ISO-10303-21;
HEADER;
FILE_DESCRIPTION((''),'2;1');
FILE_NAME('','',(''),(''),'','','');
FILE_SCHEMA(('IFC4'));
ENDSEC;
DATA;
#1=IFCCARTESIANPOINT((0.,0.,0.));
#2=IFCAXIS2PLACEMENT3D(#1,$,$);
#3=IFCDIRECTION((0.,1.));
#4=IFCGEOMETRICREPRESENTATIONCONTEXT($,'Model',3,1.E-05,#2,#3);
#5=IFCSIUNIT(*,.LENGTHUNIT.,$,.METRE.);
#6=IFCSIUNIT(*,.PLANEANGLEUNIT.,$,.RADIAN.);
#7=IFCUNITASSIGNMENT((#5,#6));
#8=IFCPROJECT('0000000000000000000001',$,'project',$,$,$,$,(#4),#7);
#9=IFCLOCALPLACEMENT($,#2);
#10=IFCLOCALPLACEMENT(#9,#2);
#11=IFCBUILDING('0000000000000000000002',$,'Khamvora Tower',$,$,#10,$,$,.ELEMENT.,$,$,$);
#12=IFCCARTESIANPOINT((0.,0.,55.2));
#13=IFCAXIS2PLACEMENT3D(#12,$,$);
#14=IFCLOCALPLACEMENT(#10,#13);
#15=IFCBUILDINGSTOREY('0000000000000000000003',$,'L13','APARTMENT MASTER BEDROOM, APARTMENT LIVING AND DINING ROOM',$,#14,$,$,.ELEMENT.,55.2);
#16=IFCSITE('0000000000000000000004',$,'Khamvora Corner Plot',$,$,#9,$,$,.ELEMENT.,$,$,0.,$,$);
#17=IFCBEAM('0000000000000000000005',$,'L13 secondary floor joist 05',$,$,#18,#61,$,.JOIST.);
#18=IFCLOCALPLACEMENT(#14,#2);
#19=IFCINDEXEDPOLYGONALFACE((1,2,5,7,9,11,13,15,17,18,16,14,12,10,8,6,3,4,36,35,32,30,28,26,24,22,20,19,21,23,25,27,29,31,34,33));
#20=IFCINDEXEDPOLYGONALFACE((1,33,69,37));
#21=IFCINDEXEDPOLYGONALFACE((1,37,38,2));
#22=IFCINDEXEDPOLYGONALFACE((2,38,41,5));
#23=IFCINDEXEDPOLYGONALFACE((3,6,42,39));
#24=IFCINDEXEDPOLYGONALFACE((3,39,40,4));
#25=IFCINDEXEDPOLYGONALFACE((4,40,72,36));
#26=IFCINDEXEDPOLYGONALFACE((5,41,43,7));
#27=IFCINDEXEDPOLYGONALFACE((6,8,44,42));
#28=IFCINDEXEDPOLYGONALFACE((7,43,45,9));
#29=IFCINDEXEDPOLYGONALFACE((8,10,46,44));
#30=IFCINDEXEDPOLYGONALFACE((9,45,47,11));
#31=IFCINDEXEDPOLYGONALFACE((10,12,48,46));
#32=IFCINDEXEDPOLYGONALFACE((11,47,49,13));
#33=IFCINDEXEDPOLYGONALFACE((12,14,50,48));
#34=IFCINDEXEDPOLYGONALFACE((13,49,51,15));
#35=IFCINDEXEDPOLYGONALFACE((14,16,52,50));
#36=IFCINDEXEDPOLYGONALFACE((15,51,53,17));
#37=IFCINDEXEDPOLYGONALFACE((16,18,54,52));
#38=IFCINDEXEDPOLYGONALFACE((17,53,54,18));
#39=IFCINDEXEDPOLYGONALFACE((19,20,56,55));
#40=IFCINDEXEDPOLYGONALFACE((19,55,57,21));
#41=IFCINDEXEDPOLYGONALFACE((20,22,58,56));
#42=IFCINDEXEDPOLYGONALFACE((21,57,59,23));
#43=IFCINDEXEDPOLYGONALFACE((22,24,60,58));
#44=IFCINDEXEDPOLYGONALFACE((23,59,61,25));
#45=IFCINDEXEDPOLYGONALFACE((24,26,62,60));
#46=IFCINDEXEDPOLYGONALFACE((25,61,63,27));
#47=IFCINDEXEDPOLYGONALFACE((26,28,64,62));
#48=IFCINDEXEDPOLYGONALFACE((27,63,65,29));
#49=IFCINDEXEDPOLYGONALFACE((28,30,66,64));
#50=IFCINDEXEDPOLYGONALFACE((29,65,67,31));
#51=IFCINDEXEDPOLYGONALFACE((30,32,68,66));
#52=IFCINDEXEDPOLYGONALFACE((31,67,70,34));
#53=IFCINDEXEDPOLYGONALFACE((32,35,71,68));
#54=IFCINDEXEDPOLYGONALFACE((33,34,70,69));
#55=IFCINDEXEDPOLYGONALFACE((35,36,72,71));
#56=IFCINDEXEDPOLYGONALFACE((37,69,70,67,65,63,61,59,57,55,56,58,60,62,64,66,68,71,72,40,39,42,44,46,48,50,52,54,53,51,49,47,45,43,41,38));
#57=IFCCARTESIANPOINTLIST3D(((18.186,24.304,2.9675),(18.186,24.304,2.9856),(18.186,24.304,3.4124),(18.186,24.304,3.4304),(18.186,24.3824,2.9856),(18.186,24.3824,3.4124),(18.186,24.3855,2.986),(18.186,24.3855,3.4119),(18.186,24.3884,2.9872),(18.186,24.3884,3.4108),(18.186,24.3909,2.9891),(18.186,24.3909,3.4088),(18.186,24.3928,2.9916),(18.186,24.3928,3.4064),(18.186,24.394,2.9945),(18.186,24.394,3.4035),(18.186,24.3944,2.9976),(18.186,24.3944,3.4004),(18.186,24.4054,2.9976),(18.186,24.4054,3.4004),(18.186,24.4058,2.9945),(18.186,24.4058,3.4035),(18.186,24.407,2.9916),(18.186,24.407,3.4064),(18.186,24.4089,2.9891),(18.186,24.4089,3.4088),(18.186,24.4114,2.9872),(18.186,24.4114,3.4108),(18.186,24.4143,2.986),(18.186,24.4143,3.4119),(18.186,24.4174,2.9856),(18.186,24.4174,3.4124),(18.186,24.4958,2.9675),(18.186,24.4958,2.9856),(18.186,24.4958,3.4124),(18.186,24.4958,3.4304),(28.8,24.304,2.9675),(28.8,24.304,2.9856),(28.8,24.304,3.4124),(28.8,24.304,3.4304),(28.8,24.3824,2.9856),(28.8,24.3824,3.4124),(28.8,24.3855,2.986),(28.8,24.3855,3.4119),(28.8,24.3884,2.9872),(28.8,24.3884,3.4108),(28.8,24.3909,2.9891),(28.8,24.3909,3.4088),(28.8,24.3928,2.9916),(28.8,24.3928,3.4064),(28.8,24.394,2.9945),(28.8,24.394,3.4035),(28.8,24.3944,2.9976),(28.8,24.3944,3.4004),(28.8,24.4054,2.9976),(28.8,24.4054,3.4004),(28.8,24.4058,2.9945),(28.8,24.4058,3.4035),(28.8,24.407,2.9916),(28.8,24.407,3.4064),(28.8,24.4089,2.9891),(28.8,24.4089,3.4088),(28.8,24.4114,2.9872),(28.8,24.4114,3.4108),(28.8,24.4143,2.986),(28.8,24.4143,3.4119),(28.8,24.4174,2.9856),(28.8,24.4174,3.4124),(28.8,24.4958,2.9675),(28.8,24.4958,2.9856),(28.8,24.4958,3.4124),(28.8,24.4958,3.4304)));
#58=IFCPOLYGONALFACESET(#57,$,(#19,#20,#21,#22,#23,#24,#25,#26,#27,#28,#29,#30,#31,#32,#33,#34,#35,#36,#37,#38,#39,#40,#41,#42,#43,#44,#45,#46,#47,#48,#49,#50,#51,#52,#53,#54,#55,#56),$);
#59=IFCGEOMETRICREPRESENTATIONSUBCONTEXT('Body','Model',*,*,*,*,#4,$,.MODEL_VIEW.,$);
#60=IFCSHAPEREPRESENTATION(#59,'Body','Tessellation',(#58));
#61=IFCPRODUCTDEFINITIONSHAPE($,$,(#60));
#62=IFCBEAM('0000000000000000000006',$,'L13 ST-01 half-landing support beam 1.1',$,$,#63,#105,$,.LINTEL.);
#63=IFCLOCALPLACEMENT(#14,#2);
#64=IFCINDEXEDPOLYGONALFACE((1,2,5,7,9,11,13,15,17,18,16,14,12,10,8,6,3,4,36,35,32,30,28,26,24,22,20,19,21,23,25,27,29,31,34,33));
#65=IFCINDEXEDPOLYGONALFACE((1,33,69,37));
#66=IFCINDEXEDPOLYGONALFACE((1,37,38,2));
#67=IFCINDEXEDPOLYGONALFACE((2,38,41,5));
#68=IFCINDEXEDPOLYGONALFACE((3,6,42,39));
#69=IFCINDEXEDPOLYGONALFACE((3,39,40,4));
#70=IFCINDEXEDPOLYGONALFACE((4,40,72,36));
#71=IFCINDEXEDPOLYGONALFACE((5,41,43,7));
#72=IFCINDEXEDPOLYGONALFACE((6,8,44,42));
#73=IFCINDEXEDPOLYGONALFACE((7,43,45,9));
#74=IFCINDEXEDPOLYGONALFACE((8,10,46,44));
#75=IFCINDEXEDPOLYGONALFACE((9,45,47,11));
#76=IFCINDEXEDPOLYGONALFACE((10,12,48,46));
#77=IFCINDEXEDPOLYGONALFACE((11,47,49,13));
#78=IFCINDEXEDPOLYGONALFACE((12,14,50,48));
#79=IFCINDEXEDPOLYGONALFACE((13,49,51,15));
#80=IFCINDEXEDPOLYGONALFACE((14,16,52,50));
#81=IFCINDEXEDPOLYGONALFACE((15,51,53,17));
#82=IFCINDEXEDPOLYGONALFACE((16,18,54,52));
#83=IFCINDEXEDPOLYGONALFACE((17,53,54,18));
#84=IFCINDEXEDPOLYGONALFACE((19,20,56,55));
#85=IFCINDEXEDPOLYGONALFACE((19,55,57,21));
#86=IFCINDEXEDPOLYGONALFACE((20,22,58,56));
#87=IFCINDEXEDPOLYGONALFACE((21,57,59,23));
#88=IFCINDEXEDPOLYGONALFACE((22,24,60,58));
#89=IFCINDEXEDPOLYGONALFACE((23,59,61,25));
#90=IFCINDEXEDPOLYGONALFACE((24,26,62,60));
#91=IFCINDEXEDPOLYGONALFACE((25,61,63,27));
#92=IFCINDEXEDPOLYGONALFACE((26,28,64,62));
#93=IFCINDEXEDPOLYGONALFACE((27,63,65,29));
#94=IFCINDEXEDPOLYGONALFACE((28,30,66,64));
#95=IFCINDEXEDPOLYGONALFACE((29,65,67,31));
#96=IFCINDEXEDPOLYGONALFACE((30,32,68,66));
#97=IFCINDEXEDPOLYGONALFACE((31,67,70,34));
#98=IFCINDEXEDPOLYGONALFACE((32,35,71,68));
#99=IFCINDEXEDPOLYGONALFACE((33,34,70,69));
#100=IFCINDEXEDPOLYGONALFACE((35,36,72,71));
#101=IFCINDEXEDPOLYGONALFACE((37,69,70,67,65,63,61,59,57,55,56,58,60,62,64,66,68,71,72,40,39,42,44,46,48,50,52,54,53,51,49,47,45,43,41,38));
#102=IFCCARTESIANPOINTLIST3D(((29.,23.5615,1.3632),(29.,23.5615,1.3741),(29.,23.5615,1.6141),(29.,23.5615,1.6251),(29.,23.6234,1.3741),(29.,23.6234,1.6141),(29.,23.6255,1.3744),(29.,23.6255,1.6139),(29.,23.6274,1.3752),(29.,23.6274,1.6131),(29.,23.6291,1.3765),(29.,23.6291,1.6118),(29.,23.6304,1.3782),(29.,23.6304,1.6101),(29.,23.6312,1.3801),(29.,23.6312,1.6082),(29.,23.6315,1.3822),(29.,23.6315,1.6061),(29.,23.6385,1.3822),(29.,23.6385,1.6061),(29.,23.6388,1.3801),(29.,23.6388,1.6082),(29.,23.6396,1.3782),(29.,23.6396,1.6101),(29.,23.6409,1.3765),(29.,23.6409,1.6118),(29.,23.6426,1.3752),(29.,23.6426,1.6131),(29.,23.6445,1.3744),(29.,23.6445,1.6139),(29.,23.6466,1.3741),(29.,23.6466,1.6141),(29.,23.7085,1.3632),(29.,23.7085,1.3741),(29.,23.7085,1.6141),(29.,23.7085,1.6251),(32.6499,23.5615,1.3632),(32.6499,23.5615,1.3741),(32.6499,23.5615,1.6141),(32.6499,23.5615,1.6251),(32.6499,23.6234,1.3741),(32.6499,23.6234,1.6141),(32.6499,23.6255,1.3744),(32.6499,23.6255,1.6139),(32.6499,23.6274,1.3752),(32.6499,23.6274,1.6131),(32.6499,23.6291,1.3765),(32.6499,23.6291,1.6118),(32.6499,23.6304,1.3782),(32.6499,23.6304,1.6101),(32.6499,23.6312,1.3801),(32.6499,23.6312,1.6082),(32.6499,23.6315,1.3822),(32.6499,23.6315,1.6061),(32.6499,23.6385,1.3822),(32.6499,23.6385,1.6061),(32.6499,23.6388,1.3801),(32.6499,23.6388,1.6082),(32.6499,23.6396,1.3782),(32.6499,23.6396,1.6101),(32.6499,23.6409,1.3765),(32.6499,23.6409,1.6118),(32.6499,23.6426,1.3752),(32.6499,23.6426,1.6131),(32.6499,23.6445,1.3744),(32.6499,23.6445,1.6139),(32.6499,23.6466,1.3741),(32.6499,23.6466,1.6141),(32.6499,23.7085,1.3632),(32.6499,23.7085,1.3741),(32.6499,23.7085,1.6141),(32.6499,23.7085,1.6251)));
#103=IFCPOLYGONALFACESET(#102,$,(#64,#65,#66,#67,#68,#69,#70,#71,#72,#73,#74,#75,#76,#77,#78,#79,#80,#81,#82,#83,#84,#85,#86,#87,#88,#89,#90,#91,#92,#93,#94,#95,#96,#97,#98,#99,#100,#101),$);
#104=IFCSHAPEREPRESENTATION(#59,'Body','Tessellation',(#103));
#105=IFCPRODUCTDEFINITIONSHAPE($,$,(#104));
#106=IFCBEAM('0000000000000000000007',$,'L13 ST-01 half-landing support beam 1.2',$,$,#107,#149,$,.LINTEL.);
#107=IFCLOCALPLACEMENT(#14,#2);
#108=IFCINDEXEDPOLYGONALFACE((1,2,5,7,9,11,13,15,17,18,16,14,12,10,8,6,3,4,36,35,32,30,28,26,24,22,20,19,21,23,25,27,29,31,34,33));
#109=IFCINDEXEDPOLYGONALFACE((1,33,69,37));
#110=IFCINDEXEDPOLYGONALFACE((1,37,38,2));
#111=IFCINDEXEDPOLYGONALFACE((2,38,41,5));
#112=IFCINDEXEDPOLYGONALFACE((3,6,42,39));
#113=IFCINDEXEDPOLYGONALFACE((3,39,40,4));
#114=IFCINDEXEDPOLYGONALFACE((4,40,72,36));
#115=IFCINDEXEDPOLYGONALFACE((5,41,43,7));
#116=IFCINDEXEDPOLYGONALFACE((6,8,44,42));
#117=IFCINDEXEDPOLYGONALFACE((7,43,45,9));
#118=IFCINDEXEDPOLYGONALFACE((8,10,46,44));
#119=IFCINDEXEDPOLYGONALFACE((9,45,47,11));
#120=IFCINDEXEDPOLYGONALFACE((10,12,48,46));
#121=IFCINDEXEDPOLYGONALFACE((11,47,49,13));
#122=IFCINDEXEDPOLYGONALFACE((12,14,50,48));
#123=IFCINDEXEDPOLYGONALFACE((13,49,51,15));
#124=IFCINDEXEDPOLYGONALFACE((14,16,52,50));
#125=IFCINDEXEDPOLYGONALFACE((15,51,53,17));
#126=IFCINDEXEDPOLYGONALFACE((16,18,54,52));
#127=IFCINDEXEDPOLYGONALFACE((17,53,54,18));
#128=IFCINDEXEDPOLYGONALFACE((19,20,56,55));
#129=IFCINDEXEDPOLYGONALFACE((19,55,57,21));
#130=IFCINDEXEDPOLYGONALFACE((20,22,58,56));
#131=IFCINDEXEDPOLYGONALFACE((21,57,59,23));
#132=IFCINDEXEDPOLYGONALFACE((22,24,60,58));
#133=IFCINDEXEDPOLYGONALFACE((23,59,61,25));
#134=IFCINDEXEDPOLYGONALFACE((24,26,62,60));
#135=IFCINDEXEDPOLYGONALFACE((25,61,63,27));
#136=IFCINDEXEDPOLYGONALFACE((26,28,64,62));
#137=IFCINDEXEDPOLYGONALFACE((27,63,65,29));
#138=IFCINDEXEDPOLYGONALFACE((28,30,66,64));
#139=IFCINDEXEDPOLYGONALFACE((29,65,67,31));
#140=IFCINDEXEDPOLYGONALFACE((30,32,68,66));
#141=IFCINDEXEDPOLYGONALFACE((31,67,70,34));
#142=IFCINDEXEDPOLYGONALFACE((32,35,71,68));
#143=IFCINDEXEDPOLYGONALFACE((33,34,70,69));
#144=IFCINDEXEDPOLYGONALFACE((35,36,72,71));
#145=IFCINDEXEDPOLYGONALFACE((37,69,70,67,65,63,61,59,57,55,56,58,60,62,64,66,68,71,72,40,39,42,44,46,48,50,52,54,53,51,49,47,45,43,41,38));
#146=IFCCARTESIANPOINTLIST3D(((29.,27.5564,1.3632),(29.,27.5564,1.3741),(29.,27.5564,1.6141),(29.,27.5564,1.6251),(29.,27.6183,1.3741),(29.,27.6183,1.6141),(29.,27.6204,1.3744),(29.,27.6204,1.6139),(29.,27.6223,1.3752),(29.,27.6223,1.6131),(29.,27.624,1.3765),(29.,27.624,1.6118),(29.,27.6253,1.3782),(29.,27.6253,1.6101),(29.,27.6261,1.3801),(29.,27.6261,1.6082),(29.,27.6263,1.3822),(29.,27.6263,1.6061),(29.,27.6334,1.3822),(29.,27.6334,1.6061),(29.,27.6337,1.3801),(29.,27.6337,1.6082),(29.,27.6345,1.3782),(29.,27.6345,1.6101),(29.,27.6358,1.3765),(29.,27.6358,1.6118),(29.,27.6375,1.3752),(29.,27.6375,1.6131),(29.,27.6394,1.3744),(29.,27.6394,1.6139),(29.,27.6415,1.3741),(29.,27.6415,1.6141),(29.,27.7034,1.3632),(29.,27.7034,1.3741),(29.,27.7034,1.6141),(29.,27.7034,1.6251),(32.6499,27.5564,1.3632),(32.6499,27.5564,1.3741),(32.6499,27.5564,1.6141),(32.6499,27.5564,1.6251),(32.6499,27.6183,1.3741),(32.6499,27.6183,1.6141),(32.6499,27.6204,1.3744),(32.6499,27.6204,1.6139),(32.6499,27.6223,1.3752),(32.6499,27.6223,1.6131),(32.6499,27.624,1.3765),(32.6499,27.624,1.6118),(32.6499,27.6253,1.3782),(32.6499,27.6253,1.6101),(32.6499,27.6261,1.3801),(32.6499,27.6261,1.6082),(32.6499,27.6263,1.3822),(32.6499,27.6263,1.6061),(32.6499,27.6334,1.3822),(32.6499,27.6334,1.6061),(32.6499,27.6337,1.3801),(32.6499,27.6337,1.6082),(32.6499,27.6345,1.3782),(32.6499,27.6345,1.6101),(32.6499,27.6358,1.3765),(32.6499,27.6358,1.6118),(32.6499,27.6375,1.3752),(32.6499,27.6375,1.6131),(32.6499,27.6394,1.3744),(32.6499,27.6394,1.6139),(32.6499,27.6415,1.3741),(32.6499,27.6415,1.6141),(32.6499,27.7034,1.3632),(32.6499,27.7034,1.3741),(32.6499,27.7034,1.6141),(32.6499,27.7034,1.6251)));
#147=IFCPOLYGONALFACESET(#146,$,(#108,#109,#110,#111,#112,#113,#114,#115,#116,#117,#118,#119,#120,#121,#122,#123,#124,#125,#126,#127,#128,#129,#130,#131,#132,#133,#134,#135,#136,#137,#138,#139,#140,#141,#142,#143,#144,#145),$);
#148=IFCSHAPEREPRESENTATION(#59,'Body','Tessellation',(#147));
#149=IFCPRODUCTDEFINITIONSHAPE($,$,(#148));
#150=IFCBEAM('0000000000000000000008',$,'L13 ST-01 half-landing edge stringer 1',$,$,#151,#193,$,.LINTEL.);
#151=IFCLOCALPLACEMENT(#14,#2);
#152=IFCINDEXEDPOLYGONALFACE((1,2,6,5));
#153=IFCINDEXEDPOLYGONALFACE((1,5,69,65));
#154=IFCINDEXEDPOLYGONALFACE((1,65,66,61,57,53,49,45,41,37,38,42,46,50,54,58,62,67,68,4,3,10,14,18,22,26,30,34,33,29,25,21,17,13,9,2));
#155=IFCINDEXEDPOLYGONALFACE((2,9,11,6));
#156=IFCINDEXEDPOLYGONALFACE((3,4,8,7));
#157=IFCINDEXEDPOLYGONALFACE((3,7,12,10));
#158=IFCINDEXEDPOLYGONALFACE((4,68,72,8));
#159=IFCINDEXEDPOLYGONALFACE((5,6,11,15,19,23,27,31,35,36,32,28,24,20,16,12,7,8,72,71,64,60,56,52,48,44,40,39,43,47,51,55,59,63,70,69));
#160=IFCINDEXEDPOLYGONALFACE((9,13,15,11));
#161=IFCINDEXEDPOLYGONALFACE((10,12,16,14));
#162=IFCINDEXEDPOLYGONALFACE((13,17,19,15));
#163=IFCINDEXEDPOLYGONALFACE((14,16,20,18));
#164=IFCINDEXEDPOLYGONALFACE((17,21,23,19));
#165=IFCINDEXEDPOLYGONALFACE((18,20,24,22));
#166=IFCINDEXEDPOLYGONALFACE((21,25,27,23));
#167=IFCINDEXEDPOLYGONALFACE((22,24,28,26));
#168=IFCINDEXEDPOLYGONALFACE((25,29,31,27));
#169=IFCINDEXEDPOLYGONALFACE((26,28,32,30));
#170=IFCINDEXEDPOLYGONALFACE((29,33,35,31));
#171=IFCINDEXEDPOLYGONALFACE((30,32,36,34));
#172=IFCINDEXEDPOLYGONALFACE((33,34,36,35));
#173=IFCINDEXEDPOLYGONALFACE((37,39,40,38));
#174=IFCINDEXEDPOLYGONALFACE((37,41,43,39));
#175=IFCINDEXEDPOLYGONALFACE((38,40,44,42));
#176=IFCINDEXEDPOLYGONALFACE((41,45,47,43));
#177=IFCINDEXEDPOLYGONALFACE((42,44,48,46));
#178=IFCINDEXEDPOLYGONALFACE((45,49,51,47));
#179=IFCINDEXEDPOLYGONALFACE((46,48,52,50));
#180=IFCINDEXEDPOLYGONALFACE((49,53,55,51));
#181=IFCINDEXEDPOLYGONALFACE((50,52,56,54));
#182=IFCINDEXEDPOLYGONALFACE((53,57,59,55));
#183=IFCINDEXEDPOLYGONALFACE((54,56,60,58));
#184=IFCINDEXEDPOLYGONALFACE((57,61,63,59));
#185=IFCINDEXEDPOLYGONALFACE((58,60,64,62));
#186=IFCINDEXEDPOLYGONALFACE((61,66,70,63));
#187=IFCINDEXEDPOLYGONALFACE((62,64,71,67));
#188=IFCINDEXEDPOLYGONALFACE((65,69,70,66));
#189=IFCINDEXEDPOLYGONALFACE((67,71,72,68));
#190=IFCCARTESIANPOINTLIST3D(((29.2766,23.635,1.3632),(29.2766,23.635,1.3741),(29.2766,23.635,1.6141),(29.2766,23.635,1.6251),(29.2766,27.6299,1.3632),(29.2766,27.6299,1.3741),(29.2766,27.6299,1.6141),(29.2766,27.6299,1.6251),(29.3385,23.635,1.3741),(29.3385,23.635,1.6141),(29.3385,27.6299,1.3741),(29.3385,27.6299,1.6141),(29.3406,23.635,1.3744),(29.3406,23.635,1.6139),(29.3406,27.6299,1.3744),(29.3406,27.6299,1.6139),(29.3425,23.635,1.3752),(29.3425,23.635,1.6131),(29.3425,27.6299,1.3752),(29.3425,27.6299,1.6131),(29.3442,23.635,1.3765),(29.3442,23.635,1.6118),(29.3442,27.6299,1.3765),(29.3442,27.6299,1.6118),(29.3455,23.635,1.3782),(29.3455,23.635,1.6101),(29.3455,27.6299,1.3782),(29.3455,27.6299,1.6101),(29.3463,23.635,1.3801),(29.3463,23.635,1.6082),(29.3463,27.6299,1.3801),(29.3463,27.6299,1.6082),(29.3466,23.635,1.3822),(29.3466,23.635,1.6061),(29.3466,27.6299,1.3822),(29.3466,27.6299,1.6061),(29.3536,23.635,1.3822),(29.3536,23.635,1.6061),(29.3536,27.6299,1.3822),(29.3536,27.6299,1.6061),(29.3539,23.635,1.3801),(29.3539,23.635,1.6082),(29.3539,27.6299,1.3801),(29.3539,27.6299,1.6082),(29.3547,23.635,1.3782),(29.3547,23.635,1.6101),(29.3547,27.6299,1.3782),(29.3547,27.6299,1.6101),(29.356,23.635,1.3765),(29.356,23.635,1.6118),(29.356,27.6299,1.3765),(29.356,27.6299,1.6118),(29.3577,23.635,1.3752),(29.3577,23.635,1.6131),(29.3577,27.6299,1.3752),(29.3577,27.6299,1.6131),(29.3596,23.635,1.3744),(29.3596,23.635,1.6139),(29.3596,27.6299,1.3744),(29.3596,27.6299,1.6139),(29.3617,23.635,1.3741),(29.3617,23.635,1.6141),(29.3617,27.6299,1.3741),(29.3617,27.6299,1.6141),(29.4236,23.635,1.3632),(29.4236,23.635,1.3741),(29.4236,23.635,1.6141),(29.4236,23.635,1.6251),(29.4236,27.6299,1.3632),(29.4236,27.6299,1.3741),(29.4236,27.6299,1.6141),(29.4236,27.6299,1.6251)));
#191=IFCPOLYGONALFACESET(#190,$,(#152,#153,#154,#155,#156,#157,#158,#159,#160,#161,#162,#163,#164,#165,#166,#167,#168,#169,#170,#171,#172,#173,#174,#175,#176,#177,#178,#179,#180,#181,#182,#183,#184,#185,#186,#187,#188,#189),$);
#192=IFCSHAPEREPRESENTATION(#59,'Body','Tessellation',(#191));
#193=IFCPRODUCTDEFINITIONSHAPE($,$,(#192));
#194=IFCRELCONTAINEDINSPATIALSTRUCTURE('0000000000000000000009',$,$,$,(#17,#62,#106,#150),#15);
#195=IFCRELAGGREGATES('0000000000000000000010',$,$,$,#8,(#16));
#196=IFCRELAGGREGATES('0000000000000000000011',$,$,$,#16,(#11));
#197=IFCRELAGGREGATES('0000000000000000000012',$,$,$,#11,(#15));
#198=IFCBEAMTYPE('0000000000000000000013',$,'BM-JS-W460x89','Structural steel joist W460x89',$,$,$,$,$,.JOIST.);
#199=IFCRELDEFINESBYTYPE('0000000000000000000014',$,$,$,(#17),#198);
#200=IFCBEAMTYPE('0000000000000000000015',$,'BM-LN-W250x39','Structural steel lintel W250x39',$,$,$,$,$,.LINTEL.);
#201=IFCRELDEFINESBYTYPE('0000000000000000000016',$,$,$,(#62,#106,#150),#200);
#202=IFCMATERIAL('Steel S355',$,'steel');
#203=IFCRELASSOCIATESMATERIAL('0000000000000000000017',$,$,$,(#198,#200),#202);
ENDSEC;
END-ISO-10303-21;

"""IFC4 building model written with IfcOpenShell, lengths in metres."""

from ifc_helpers import new_model, si_unit, direction, frame, origin, origin_2d, place, context, subcontext, project, spatial, i_section, extrude, material, material_profile, profile_set, type_object, element, save


model = new_model("IFC4")

# Units and contexts
model_context = context("Model", 3, precision=1e-05, world=origin(), true_north=direction((0.0, 1.0)))
body_context = subcontext(model_context, "Body", "Model", "MODEL_VIEW")
ifc_project = project(units=[si_unit("LENGTHUNIT", "METRE"), si_unit("PLANEANGLEUNIT", "RADIAN")], contexts=[model_context])

# Site, building, storey
site_placement = place(None, origin())
site = spatial("IfcSite", under=ifc_project, at=site_placement, Name="Khamvora Corner Plot", CompositionType="ELEMENT", RefElevation=0.0)
building_placement = place(site_placement, origin())
building = spatial("IfcBuilding", under=site, at=building_placement, Name="Khamvora Tower", CompositionType="ELEMENT")
storey_placement = place(building_placement, frame((0.0, 0.0, 55.2)))
storey = spatial("IfcBuildingStorey", under=building, at=storey_placement, Name="L13", Description="APARTMENT MASTER BEDROOM, APARTMENT LIVING AND DINING ROOM", CompositionType="ELEMENT", Elevation=55.2)

# Beams
ifc_material_1 = material(Name="Steel S355", Category="steel")
ifc_material_profile_1 = material_profile(ifc_material_1, i_section(OverallWidth=0.1919, OverallDepth=0.4629, WebThickness=0.011, FlangeThickness=0.0181, FilletRadius=0.012, at=origin_2d()), Name="W460x89")
ifc_profile_set_1 = profile_set([ifc_material_profile_1], Name="Steel S355")
beam_type_1 = type_object("IfcBeamType", Name="BM-JS-W460x89", Description="Structural steel joist W460x89", PredefinedType="JOIST", material=ifc_profile_set_1)
beam_1_placement = place(storey_placement, frame((18.186, 24.3999, 3.199), z_axis=(1.0, 0.0, 0.0), x_axis=(0.0, 1.0, 0.0)))
element("IfcBeam", 1, at=beam_1_placement, inside=storey, type_object=beam_type_1, Name="L13 secondary floor joist 05", PredefinedType="JOIST", context=body_context, shape_type="SweptSolid", body=[
    extrude(i_section(OverallWidth=0.1919, OverallDepth=0.4629, WebThickness=0.011, FlangeThickness=0.0181, FilletRadius=0.012, at=origin_2d()), origin(), (0.0, 0.0, 1.0), 10.614),
])
ifc_material_profile_2 = material_profile(ifc_material_1, i_section(OverallWidth=0.147, OverallDepth=0.262, WebThickness=0.0071, FlangeThickness=0.011, FilletRadius=0.0081, at=origin_2d()), Name="W250x39")
ifc_profile_set_2 = profile_set([ifc_material_profile_2], Name="Steel S355")
beam_type_2 = type_object("IfcBeamType", Name="BM-LN-W250x39", Description="Structural steel lintel W250x39", PredefinedType="LINTEL", material=ifc_profile_set_2)
for number, where, z_axis, x_axis, name in (
    (2, (29.0, 23.635, 1.4941), (1.0, 0.0, 0.0), (0.0, 1.0, 0.0), "L13 ST-01 half-landing support beam 1.1"),
    (3, (29.0, 27.6299, 1.4941), (1.0, 0.0, 0.0), (0.0, 1.0, 0.0), "L13 ST-01 half-landing support beam 1.2"),
):
    element("IfcBeam", number, at=place(storey_placement, frame(where, z_axis=z_axis, x_axis=x_axis)), inside=storey, type_object=beam_type_2, Name=name, PredefinedType="LINTEL", context=body_context, shape_type="SweptSolid", body=[
        extrude(i_section(OverallWidth=0.147, OverallDepth=0.262, WebThickness=0.0071, FlangeThickness=0.011, FilletRadius=0.0081, at=origin_2d()), origin(), (0.0, 0.0, 1.0), 3.6499),
    ])
beam_2_placement = place(storey_placement, frame((29.3501, 23.635, 1.4941), z_axis=(0.0, 1.0, 0.0), x_axis=(-1.0, 0.0, 0.0)))
element("IfcBeam", 4, at=beam_2_placement, inside=storey, type_object=beam_type_2, Name="L13 ST-01 half-landing edge stringer 1", PredefinedType="LINTEL", context=body_context, shape_type="SweptSolid", body=[
    extrude(i_section(OverallWidth=0.147, OverallDepth=0.262, WebThickness=0.0071, FlangeThickness=0.011, FilletRadius=0.0081, at=origin_2d()), origin(), (0.0, 0.0, 1.0), 3.9949),
])

save(model, "model.ifc")
